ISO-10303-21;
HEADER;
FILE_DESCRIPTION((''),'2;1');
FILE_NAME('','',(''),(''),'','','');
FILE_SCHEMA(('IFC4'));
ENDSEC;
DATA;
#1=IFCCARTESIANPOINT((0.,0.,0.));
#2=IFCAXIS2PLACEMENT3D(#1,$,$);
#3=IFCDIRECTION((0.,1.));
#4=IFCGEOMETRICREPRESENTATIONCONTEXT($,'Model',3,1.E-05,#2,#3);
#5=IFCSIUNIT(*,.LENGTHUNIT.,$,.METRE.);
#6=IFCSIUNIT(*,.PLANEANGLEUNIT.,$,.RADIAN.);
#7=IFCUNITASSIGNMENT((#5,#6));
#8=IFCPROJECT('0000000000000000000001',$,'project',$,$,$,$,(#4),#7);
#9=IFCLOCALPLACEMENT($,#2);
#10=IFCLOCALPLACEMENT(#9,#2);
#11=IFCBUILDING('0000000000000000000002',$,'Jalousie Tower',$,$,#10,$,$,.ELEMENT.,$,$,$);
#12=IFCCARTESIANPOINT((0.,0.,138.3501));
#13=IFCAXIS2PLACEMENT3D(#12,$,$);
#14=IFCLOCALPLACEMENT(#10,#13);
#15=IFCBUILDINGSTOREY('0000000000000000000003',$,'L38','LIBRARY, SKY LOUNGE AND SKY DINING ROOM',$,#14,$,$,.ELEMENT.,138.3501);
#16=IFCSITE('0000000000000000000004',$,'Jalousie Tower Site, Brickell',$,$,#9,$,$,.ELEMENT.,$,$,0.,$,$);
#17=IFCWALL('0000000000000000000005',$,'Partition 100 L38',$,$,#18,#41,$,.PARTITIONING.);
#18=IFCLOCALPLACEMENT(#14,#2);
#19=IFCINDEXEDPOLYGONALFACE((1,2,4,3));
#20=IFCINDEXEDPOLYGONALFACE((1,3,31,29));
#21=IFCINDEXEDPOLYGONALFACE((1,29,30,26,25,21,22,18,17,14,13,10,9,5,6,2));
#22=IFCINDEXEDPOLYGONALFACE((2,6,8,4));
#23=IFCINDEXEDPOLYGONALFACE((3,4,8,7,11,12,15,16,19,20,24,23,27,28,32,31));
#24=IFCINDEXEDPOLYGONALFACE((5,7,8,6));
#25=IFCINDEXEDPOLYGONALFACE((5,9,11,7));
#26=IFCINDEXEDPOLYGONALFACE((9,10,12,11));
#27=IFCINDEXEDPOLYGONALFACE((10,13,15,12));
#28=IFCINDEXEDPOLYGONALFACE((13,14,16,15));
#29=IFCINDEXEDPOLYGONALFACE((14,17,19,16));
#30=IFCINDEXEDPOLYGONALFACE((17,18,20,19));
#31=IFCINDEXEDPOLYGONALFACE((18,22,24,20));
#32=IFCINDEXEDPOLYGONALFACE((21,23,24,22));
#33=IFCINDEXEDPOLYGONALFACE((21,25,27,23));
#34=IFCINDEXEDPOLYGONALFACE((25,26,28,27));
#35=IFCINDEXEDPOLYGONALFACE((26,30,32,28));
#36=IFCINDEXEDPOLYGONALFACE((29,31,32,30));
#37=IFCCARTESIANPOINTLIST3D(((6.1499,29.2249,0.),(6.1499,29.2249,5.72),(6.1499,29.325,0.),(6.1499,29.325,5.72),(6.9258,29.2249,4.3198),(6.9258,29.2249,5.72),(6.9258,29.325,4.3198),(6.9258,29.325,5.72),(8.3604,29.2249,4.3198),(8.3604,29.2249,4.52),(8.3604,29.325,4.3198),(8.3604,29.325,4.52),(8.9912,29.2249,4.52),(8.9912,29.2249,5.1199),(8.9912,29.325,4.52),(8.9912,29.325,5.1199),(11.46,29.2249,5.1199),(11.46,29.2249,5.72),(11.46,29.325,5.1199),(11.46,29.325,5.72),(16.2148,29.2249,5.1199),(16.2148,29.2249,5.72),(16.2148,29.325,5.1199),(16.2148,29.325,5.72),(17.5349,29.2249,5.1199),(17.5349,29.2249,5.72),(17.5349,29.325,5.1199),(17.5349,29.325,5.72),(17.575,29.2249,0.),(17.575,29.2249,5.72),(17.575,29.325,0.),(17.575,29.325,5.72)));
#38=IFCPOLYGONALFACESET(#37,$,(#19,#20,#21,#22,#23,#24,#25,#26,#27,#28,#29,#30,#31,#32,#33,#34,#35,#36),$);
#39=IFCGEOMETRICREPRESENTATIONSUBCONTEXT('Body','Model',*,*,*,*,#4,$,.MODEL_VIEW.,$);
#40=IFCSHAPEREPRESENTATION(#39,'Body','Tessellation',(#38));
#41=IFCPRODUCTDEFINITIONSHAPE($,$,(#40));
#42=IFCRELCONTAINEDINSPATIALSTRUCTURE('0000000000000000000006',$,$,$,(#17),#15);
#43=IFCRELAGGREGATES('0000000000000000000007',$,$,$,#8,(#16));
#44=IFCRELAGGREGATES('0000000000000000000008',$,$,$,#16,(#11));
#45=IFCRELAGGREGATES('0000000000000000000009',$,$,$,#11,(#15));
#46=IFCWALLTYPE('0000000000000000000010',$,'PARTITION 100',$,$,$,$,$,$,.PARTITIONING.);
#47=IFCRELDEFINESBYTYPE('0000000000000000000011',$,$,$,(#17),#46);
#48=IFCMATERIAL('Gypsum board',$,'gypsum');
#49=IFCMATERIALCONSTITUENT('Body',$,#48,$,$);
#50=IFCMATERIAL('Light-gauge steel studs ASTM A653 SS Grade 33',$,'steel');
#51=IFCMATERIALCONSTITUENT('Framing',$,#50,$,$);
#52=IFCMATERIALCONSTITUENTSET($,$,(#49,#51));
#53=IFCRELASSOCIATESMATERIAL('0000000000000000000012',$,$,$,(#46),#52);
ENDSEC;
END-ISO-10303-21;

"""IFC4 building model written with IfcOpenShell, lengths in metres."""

from ifc_helpers import new_model, si_unit, direction, frame, origin, place, context, subcontext, project, spatial, polyline, outline, extrude, material, constituent, constituent_set, type_object, element, save


model = new_model("IFC4")

# Units and contexts
model_context = context("Model", 3, precision=1e-05, world=origin(), true_north=direction((0.0, 1.0)))
body_context = subcontext(model_context, "Body", "Model", "MODEL_VIEW")
ifc_project = project(units=[si_unit("LENGTHUNIT", "METRE"), si_unit("PLANEANGLEUNIT", "RADIAN")], contexts=[model_context])

# Site, building, storey
site_placement = place(None, origin())
site = spatial("IfcSite", under=ifc_project, at=site_placement, Name="Jalousie Tower Site, Brickell", CompositionType="ELEMENT", RefElevation=0.0)
building_placement = place(site_placement, origin())
building = spatial("IfcBuilding", under=site, at=building_placement, Name="Jalousie Tower", CompositionType="ELEMENT")
storey_placement = place(building_placement, frame((0.0, 0.0, 138.3501)))
storey = spatial("IfcBuildingStorey", under=building, at=storey_placement, Name="L38", Description="LIBRARY, SKY LOUNGE AND SKY DINING ROOM", CompositionType="ELEMENT", Elevation=138.3501)

# Wall
ifc_material_1 = material(Name="Gypsum board", Category="gypsum")
ifc_constituent_1 = constituent(ifc_material_1, Name="Body")
ifc_material_2 = material(Name="Light-gauge steel studs ASTM A653 SS Grade 33", Category="steel")
ifc_constituent_2 = constituent(ifc_material_2, Name="Framing")
ifc_constituent_set = constituent_set(constituents=[ifc_constituent_1, ifc_constituent_2])
wall_type = type_object("IfcWallType", Name="PARTITION 100", PredefinedType="PARTITIONING", material=ifc_constituent_set)
wall_placement = place(storey_placement, frame((6.1499, 29.2749, 0.0), z_axis=(0.0, 0.0, 1.0), x_axis=(1.0, 0.0, 0.0)))
element("IfcWall", 1, at=wall_placement, inside=storey, type_object=wall_type, Name="Partition 100 L38", PredefinedType="PARTITIONING", context=body_context, shape_type="SweptSolid", body=[
    extrude(outline(polyline([(0.0, 0.0), (11.425, 0.0), (11.425, 5.72), (11.385, 5.72), (11.385, 5.1199), (10.0649, 5.1199), (10.0649, 5.72), (5.3101, 5.72), (5.3101, 5.1199), (2.8413, 5.1199), (2.8413, 4.52), (2.2104, 4.52), (2.2104, 4.3198), (0.7759, 4.3198), (0.7759, 5.72), (0.0, 5.72), (0.0, 0.0)])), frame((0.0, 0.05, 0.0), z_axis=(0.0, -1.0, 0.0), x_axis=(1.0, 0.0, 0.0)), (0.0, 0.0, 1.0), 0.1001),
])

save(model, "model.ifc")
